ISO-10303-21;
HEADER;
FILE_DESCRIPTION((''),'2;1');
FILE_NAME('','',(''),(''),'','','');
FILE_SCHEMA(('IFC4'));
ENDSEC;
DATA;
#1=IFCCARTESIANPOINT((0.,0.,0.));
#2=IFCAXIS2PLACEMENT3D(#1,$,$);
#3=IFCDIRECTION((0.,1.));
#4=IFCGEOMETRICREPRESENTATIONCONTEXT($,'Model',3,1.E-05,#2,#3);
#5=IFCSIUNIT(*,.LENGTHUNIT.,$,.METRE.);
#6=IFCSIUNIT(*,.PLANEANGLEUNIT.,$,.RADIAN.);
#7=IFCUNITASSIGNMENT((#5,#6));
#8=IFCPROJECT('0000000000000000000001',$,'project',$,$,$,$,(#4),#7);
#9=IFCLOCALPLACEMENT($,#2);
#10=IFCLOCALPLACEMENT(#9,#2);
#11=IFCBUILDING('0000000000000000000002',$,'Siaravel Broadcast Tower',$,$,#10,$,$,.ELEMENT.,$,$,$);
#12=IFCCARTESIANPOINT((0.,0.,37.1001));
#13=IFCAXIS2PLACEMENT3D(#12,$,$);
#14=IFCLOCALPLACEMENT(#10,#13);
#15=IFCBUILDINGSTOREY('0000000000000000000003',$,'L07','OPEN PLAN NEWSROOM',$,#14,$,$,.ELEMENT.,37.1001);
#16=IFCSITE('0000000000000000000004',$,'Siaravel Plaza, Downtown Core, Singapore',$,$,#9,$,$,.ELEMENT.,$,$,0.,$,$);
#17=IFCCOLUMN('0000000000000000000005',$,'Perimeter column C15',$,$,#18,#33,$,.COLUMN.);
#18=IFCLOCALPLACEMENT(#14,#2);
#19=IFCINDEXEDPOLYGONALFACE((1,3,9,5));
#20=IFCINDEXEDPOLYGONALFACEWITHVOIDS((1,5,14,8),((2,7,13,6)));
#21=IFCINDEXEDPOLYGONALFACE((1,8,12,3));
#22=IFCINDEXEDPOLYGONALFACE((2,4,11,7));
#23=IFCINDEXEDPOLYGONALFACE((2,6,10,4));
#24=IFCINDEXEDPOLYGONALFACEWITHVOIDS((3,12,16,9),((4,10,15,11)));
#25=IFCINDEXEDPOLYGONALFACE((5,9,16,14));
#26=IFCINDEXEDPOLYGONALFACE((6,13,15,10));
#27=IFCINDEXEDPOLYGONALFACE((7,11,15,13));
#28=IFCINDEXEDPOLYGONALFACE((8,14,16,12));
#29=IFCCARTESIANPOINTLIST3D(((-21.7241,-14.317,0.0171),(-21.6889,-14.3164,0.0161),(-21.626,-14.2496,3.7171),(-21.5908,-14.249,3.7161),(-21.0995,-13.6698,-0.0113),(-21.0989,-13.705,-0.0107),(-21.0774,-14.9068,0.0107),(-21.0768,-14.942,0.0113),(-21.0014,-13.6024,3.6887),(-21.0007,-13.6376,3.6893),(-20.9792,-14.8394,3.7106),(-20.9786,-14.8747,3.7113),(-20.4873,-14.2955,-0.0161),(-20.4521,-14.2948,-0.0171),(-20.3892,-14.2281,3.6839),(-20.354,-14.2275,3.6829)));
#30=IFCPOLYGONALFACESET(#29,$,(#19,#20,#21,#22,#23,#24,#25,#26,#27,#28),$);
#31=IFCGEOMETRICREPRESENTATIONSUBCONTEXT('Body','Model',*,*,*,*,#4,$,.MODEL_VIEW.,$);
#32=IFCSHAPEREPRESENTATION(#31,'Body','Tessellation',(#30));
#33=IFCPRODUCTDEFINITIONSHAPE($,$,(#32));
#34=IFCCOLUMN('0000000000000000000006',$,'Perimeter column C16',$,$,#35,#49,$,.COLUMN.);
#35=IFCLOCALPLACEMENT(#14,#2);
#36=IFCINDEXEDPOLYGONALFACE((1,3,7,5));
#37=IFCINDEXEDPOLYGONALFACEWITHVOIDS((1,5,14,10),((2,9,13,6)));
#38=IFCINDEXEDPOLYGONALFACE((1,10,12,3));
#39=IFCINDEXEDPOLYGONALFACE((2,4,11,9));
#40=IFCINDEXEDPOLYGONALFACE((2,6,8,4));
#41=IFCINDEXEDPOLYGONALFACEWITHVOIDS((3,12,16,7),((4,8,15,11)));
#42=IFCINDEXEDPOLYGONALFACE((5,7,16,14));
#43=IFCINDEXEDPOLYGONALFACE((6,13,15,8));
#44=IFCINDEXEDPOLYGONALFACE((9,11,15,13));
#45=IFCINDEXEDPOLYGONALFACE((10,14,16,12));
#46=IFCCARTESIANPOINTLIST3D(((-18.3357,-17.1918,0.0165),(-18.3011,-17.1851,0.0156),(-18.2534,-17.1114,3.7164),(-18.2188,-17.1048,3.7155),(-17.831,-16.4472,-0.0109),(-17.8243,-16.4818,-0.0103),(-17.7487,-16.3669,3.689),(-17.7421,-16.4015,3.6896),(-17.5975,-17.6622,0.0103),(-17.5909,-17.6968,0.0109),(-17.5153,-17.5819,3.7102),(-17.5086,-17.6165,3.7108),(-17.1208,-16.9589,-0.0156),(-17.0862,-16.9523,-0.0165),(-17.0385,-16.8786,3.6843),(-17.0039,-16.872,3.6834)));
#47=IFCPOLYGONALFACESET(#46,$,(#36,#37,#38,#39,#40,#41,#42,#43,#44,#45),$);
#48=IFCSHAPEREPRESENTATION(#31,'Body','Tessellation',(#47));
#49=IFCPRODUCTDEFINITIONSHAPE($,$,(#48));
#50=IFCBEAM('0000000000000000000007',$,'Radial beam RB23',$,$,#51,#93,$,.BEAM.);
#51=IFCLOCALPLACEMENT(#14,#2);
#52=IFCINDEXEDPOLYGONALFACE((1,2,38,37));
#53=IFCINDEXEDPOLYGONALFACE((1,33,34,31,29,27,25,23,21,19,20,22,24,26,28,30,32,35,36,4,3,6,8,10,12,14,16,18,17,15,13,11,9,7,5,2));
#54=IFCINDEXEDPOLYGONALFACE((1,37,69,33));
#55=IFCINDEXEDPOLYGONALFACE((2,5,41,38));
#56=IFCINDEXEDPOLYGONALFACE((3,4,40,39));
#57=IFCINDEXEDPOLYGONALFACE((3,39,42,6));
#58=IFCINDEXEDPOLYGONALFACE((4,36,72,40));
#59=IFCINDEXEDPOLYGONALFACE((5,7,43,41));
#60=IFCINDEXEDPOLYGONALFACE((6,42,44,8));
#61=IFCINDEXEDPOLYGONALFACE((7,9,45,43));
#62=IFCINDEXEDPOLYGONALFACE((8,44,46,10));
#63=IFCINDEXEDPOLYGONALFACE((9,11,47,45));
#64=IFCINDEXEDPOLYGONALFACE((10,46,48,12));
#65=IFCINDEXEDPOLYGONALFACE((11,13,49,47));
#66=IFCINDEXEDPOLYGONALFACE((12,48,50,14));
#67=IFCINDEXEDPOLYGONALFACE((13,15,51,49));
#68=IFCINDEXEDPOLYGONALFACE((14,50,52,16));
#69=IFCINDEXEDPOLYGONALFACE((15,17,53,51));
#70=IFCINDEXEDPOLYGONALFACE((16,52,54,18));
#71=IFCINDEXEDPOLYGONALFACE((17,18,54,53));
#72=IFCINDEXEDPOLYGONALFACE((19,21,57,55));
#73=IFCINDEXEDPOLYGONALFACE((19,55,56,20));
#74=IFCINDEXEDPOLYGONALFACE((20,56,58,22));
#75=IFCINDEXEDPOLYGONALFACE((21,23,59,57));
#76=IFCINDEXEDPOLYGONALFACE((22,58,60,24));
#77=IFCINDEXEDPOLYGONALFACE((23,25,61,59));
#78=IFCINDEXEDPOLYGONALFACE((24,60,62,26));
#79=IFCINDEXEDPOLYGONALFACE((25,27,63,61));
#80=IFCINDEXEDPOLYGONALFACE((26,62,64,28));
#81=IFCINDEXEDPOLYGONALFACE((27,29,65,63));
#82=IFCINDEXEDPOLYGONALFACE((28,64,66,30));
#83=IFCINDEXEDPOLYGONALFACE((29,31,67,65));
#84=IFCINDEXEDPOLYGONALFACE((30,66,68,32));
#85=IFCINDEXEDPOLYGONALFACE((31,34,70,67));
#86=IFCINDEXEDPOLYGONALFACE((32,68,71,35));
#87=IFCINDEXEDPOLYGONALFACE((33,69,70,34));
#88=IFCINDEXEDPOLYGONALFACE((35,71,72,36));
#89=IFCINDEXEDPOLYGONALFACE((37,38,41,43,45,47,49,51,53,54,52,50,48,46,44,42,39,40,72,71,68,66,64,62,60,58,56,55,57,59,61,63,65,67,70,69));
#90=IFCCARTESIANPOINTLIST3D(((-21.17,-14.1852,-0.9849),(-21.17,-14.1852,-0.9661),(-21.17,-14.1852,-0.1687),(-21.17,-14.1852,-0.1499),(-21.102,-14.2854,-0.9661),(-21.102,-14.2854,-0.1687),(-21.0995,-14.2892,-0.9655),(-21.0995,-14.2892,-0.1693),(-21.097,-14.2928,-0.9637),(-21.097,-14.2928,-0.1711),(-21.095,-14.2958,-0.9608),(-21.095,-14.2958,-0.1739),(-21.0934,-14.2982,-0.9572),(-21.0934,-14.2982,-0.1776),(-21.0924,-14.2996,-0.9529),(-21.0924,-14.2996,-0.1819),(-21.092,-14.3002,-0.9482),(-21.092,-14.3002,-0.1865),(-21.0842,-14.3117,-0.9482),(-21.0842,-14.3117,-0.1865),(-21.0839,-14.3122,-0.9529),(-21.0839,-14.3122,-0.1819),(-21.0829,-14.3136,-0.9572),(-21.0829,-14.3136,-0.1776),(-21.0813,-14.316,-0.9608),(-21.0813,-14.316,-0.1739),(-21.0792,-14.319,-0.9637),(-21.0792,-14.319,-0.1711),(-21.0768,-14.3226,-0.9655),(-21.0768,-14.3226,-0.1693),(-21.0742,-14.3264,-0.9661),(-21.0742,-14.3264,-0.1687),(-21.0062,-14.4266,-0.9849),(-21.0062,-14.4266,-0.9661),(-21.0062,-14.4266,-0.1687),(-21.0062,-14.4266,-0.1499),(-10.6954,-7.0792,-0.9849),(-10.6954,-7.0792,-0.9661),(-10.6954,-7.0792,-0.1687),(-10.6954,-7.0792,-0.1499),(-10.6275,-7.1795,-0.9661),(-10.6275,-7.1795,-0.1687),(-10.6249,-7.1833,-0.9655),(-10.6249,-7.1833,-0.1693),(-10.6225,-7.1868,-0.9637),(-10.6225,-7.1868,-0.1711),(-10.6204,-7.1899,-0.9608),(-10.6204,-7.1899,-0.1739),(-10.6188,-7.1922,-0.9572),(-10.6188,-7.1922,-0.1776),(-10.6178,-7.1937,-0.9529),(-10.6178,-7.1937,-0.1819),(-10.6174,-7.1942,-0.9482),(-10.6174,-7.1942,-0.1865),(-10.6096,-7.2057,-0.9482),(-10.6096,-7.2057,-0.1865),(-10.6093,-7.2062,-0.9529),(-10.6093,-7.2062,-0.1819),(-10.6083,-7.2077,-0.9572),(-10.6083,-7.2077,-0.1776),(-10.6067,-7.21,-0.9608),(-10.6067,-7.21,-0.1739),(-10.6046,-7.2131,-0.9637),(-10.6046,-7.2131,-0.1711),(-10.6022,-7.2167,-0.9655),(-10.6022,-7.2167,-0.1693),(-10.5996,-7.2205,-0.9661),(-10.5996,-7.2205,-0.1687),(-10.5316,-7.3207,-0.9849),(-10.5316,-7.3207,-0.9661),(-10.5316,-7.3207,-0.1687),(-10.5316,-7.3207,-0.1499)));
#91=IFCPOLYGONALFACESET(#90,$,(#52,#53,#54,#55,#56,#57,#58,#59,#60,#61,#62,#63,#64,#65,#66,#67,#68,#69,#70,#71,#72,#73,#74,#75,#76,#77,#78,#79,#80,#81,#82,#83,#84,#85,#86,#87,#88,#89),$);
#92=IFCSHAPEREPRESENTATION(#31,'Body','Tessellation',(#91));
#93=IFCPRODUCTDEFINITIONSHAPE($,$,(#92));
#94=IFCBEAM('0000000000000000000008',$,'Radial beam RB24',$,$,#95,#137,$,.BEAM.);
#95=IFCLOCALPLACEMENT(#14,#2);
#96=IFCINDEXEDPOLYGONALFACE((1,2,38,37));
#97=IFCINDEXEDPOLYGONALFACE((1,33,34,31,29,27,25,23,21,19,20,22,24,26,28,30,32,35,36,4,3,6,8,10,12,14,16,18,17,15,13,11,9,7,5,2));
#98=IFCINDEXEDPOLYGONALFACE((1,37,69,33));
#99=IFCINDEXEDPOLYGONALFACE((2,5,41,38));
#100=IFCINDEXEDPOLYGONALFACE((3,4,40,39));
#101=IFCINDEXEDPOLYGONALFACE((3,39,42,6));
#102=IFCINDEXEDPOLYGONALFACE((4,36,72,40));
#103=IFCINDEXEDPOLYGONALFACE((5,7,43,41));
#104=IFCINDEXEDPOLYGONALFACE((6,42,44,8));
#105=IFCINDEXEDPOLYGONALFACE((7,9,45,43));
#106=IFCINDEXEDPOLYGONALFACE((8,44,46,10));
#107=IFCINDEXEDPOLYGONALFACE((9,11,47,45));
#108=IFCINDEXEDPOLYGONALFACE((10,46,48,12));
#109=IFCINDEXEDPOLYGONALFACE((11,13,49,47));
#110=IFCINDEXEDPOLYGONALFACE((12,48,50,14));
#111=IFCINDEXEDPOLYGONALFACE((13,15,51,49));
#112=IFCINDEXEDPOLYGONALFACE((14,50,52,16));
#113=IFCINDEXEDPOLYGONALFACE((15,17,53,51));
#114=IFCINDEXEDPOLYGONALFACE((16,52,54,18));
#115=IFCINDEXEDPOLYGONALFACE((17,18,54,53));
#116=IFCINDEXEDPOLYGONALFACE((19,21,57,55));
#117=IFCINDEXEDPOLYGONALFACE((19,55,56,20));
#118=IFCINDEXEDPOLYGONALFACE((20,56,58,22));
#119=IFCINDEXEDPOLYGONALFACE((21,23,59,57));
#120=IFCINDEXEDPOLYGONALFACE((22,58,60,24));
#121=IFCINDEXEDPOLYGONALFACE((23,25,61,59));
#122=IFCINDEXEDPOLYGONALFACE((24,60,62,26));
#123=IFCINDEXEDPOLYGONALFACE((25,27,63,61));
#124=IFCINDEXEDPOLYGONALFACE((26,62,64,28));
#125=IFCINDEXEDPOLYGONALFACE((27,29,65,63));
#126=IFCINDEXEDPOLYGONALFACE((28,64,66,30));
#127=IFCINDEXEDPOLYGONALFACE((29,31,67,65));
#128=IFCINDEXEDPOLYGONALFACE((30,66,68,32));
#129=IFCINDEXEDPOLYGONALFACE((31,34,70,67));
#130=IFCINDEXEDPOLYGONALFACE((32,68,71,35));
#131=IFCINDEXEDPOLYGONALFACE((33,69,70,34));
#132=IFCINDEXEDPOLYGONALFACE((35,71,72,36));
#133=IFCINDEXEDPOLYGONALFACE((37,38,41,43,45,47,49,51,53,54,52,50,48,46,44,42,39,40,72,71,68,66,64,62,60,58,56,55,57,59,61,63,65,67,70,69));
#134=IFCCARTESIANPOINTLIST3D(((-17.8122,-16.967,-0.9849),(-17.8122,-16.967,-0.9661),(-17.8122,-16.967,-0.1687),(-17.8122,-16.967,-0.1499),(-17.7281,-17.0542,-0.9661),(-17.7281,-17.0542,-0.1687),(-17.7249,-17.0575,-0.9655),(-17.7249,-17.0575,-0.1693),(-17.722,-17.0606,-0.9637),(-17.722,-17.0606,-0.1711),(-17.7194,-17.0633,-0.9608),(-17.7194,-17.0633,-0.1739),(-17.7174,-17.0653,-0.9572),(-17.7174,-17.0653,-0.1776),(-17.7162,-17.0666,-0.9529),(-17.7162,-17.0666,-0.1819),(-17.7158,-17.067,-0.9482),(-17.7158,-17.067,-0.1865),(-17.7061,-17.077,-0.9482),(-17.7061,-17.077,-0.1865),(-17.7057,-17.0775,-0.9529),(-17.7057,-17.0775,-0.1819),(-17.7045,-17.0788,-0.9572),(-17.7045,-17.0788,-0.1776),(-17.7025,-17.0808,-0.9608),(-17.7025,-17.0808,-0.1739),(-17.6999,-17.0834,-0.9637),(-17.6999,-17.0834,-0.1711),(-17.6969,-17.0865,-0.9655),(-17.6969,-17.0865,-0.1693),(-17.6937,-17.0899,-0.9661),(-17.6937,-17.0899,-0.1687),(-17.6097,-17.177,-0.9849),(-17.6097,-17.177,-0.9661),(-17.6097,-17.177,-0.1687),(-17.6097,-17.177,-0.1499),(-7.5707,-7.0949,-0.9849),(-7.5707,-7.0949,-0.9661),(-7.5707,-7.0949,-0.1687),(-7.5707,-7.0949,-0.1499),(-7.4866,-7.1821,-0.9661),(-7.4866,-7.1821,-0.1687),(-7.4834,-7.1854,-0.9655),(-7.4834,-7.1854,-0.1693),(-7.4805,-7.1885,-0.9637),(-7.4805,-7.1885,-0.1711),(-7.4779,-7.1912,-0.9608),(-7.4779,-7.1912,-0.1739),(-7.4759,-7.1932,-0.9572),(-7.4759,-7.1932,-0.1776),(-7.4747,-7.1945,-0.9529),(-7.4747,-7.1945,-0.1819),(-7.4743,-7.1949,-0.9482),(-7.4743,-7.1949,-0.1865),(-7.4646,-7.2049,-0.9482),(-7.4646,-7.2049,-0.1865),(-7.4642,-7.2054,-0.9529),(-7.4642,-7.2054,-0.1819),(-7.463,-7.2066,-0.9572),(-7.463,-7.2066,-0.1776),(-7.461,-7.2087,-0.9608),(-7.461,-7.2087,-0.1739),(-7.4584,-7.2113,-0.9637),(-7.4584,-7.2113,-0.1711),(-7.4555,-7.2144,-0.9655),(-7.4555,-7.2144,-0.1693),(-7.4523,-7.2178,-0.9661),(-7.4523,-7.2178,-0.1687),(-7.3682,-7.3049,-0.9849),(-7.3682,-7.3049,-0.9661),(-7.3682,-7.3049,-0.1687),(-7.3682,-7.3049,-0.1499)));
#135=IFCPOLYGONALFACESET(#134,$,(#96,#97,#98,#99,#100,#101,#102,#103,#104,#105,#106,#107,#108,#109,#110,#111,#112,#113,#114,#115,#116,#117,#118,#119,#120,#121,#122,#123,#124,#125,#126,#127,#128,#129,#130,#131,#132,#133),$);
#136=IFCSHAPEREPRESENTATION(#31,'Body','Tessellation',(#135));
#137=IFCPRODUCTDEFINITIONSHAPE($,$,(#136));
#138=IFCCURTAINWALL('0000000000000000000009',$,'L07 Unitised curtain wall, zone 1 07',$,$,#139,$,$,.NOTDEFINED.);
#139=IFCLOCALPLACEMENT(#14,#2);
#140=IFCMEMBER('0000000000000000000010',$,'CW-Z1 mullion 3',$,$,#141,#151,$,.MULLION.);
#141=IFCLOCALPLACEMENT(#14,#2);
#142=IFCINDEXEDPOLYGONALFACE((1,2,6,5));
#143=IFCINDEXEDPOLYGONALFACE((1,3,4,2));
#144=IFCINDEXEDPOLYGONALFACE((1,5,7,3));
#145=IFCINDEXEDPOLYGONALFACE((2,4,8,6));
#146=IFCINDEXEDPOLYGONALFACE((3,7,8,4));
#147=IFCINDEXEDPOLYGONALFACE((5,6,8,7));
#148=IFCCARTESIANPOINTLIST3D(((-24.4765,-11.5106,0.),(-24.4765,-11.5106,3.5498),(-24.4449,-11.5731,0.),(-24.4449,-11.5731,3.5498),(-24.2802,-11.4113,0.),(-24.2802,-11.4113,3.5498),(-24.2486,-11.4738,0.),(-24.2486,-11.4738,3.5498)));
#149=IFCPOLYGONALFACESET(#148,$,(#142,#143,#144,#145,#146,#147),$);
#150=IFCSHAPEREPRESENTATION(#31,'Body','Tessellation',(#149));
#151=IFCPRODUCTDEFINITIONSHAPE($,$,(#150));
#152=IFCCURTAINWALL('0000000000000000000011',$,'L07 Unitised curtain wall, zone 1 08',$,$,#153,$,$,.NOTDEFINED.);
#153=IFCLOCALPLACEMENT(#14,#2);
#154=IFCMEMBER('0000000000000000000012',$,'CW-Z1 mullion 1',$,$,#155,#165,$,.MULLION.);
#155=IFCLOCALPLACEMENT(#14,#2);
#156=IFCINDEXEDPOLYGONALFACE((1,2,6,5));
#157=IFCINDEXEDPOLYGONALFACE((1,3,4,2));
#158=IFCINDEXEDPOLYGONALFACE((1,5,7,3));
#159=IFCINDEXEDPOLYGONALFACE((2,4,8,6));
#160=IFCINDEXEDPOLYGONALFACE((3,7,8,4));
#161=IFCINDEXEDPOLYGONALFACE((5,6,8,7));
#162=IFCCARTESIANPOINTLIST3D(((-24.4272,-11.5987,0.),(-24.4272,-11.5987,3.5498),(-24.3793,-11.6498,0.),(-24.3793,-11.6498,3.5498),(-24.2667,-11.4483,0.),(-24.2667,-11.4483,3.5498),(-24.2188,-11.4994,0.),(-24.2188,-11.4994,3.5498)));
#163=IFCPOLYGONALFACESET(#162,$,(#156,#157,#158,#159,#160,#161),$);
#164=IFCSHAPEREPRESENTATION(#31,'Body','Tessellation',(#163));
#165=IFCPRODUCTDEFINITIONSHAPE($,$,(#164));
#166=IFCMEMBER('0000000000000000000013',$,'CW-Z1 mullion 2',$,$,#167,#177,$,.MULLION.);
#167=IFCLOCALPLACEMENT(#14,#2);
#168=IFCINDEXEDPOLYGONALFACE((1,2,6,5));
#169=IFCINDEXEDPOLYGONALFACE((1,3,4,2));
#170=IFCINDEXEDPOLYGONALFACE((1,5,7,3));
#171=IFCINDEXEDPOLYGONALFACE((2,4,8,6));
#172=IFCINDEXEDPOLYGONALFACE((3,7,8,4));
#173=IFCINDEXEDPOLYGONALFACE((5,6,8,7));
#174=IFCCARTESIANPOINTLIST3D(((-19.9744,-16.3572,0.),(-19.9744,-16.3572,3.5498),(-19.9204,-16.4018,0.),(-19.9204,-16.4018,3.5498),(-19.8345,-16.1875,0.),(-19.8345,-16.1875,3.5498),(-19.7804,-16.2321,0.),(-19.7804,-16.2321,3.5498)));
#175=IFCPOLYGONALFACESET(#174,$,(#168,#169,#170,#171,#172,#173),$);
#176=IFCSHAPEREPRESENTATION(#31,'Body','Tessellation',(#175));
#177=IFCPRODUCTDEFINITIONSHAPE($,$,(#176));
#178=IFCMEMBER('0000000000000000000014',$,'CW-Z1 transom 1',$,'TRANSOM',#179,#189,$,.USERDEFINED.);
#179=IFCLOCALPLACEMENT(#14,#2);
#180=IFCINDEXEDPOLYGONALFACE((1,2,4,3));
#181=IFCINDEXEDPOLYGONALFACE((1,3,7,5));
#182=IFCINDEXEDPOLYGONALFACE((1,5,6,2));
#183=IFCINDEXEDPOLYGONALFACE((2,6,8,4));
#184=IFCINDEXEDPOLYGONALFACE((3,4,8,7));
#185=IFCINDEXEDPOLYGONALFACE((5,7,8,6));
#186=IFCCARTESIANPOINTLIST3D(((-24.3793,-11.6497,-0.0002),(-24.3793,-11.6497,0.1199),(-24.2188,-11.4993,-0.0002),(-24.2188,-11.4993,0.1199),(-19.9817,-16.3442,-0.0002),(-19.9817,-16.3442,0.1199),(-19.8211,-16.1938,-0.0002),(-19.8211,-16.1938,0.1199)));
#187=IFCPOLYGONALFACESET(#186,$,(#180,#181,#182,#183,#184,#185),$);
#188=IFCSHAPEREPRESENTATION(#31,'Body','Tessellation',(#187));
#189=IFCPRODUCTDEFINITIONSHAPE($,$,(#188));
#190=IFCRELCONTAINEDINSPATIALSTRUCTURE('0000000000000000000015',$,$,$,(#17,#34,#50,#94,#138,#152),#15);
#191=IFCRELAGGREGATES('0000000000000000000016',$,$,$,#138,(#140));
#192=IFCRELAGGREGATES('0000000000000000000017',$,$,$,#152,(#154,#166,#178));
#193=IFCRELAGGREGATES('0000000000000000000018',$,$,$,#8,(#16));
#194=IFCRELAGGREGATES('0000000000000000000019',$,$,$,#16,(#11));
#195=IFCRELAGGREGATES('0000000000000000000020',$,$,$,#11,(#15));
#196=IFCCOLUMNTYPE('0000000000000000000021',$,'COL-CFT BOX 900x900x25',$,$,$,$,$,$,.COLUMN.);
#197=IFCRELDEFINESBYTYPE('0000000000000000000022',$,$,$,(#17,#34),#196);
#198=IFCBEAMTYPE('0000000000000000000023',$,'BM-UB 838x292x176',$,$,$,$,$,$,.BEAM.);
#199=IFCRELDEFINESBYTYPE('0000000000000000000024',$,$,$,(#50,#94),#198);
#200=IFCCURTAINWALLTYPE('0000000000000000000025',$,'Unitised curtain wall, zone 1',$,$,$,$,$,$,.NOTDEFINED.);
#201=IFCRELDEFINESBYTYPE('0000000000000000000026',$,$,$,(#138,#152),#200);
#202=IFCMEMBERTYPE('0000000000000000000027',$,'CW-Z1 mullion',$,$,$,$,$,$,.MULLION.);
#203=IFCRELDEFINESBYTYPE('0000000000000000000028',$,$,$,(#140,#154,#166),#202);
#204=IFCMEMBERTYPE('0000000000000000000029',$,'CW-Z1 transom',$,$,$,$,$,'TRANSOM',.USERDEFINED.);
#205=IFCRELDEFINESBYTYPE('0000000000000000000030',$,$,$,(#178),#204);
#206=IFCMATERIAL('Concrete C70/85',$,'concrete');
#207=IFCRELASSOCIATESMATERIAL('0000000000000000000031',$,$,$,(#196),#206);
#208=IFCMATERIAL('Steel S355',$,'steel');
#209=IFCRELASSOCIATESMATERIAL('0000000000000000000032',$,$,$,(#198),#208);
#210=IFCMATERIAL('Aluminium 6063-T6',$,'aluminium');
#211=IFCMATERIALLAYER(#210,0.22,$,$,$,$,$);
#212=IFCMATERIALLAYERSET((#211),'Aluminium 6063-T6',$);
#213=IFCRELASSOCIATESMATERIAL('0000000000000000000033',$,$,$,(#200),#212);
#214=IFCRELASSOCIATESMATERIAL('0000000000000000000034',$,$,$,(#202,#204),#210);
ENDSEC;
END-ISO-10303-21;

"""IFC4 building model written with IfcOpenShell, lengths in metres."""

from ifc_helpers import new_model, si_unit, direction, frame, origin, origin_2d, place, context, subcontext, project, spatial, rectangle, hollow_rectangle, i_section, extrude, material, layer, layer_set, material_profile, profile_set, type_object, element, aggregate, save


model = new_model("IFC4")

# Units and contexts
model_context = context("Model", 3, precision=1e-05, world=origin(), true_north=direction((0.0, 1.0)))
body_context = subcontext(model_context, "Body", "Model", "MODEL_VIEW")
ifc_project = project(units=[si_unit("LENGTHUNIT", "METRE"), si_unit("PLANEANGLEUNIT", "RADIAN")], contexts=[model_context])

# Site, building, storey
site_placement = place(None, origin())
site = spatial("IfcSite", under=ifc_project, at=site_placement, Name="Siaravel Plaza, Downtown Core, Singapore", CompositionType="ELEMENT", RefElevation=0.0)
building_placement = place(site_placement, origin())
building = spatial("IfcBuilding", under=site, at=building_placement, Name="Siaravel Broadcast Tower", CompositionType="ELEMENT")
storey_placement = place(building_placement, frame((0.0, 0.0, 37.1001)))
storey = spatial("IfcBuildingStorey", under=building, at=storey_placement, Name="L07", Description="OPEN PLAN NEWSROOM", CompositionType="ELEMENT", Elevation=37.1001)

# Columns
ifc_material_1 = material(Name="Concrete C70/85", Category="concrete")
ifc_material_profile_1 = material_profile(ifc_material_1, hollow_rectangle(XDim=0.8999, YDim=0.8999, WallThickness=0.0249, at=origin_2d()))
ifc_profile_set_1 = profile_set([ifc_material_profile_1], Name="Concrete C70/85")
column_type = type_object("IfcColumnType", Name="COL-CFT BOX 900x900x25", PredefinedType="COLUMN", material=ifc_profile_set_1)
column_1_placement = place(storey_placement, frame((-21.0881, -14.3059, 0.0), z_axis=(0.026512, 0.018202, 0.999483), x_axis=(-0.719378, 0.694589, 0.006432)))
element("IfcColumn", 1, at=column_1_placement, inside=storey, type_object=column_type, Name="Perimeter column C15", PredefinedType="COLUMN", context=body_context, shape_type="SweptSolid", body=[
    extrude(hollow_rectangle(XDim=0.8999, YDim=0.8999, WallThickness=0.0249, at=origin_2d()), origin(), (0.0, 0.0, 1.0), 3.7019),
])
column_2_placement = place(storey_placement, frame((-17.7109, -17.072, 0.0), z_axis=(0.022226, 0.021699, 0.999517), x_axis=(-0.827627, 0.561244, 0.00622)))
element("IfcColumn", 2, at=column_2_placement, inside=storey, type_object=column_type, Name="Perimeter column C16", PredefinedType="COLUMN", context=body_context, shape_type="SweptSolid", body=[
    extrude(hollow_rectangle(XDim=0.8999, YDim=0.8999, WallThickness=0.0249, at=origin_2d()), origin(), (0.0, 0.0, 1.0), 3.7017),
])

# Beams
ifc_material_2 = material(Name="Steel S355", Category="steel")
ifc_material_profile_2 = material_profile(ifc_material_2, i_section(OverallWidth=0.2917, OverallDepth=0.835, WebThickness=0.0139, FlangeThickness=0.0188, FilletRadius=0.0178, at=origin_2d()))
ifc_profile_set_2 = profile_set([ifc_material_profile_2], Name="Steel S355")
beam_type = type_object("IfcBeamType", Name="BM-UB 838x292x176", PredefinedType="BEAM", material=ifc_profile_set_2)
beam_1_placement = place(storey_placement, frame((-21.0881, -14.3059, -0.5674), z_axis=(0.827542, 0.561403, 0.0), x_axis=(-0.561403, 0.827542, 0.0)))
element("IfcBeam", 3, at=beam_1_placement, inside=storey, type_object=beam_type, Name="Radial beam RB23", PredefinedType="BEAM", context=body_context, shape_type="SweptSolid", body=[
    extrude(i_section(OverallWidth=0.2917, OverallDepth=0.835, WebThickness=0.0139, FlangeThickness=0.0188, FilletRadius=0.0178, at=origin_2d()), origin(), (0.0, 0.0, 1.0), 12.6575),
])
beam_2_placement = place(storey_placement, frame((-17.7109, -17.072, -0.5674), z_axis=(0.719971, 0.694004, 0.0), x_axis=(-0.694004, 0.719971, 0.0)))
element("IfcBeam", 4, at=beam_2_placement, inside=storey, type_object=beam_type, Name="Radial beam RB24", PredefinedType="BEAM", context=body_context, shape_type="SweptSolid", body=[
    extrude(i_section(OverallWidth=0.2917, OverallDepth=0.835, WebThickness=0.0139, FlangeThickness=0.0188, FilletRadius=0.0178, at=origin_2d()), origin(), (0.0, 0.0, 1.0), 14.2249),
])

# Curtain wall, member
ifc_material_3 = material(Name="Aluminium 6063-T6", Category="aluminium")
ifc_layer_1 = layer(ifc_material_3, 0.22)
ifc_layer_set_1 = layer_set([ifc_layer_1], Name="Aluminium 6063-T6")
curtain_wall_type = type_object("IfcCurtainWallType", Name="Unitised curtain wall, zone 1", PredefinedType="NOTDEFINED", material=ifc_layer_set_1)
curtain_wall_1_placement = place(storey_placement, origin())
curtain_wall_1 = element("IfcCurtainWall", 5, at=curtain_wall_1_placement, inside=storey, type_object=curtain_wall_type, Name="L07 Unitised curtain wall, zone 1 07", PredefinedType="NOTDEFINED")
ifc_material_profile_3 = material_profile(ifc_material_3, rectangle(XDim=0.22, YDim=0.0701, at=origin_2d()))
ifc_profile_set_3 = profile_set([ifc_material_profile_3], Name="Aluminium 6063-T6")
member_type_1 = type_object("IfcMemberType", Name="CW-Z1 mullion", PredefinedType="MULLION", material=ifc_profile_set_3)
member_1_placement = place(storey_placement, frame((-24.3625, -11.4922, 0.0), z_axis=(0.0, 0.0, 1.0), x_axis=(0.892392, 0.451261, 0.0)))
member_1 = element("IfcMember", 6, at=member_1_placement, type_object=member_type_1, Name="CW-Z1 mullion 3", PredefinedType="MULLION", context=body_context, shape_type="SweptSolid", body=[
    extrude(rectangle(XDim=0.22, YDim=0.0701, at=origin_2d()), origin(), (0.0, 0.0, 1.0), 3.5498),
])
aggregate(curtain_wall_1, [member_1])

# Curtain wall, members
curtain_wall_2_placement = place(storey_placement, origin())
curtain_wall_2 = element("IfcCurtainWall", 7, at=curtain_wall_2_placement, inside=storey, type_object=curtain_wall_type, Name="L07 Unitised curtain wall, zone 1 08", PredefinedType="NOTDEFINED")
member_2_placement = place(storey_placement, frame((-24.323, -11.5491, 0.0), z_axis=(0.0, 0.0, 1.0), x_axis=(0.729805, 0.683655, 0.0)))
member_2 = element("IfcMember", 8, at=member_2_placement, type_object=member_type_1, Name="CW-Z1 mullion 1", PredefinedType="MULLION", context=body_context, shape_type="SweptSolid", body=[
    extrude(rectangle(XDim=0.22, YDim=0.0701, at=origin_2d()), origin(), (0.0, 0.0, 1.0), 3.5498),
])
member_3_placement = place(storey_placement, frame((-19.8774, -16.2947, 0.0), z_axis=(0.0, 0.0, 1.0), x_axis=(0.636218, 0.771509, 0.0)))
member_3 = element("IfcMember", 9, at=member_3_placement, type_object=member_type_1, Name="CW-Z1 mullion 2", PredefinedType="MULLION", context=body_context, shape_type="SweptSolid", body=[
    extrude(rectangle(XDim=0.22, YDim=0.0701, at=origin_2d()), origin(), (0.0, 0.0, 1.0), 3.5498),
])
ifc_material_profile_4 = material_profile(ifc_material_3, rectangle(XDim=0.22, YDim=0.1201, at=origin_2d()))
ifc_profile_set_4 = profile_set([ifc_material_profile_4], Name="Aluminium 6063-T6")
member_type_2 = type_object("IfcMemberType", Name="CW-Z1 transom", ElementType="TRANSOM", PredefinedType="USERDEFINED", material=ifc_profile_set_4)
member_4_placement = place(storey_placement, frame((-24.2991, -11.5745, 0.0598), z_axis=(0.683654, -0.729806, 0.0), x_axis=(0.729806, 0.683654, 0.0)))
member_4 = element("IfcMember", 10, at=member_4_placement, type_object=member_type_2, Name="CW-Z1 transom 1", ObjectType="TRANSOM", PredefinedType="USERDEFINED", context=body_context, shape_type="SweptSolid", body=[
    extrude(rectangle(XDim=0.22, YDim=0.1201, at=origin_2d()), origin(), (0.0, 0.0, 1.0), 6.4326),
])

aggregate(curtain_wall_2, [member_2, member_3, member_4])

save(model, "model.ifc")
